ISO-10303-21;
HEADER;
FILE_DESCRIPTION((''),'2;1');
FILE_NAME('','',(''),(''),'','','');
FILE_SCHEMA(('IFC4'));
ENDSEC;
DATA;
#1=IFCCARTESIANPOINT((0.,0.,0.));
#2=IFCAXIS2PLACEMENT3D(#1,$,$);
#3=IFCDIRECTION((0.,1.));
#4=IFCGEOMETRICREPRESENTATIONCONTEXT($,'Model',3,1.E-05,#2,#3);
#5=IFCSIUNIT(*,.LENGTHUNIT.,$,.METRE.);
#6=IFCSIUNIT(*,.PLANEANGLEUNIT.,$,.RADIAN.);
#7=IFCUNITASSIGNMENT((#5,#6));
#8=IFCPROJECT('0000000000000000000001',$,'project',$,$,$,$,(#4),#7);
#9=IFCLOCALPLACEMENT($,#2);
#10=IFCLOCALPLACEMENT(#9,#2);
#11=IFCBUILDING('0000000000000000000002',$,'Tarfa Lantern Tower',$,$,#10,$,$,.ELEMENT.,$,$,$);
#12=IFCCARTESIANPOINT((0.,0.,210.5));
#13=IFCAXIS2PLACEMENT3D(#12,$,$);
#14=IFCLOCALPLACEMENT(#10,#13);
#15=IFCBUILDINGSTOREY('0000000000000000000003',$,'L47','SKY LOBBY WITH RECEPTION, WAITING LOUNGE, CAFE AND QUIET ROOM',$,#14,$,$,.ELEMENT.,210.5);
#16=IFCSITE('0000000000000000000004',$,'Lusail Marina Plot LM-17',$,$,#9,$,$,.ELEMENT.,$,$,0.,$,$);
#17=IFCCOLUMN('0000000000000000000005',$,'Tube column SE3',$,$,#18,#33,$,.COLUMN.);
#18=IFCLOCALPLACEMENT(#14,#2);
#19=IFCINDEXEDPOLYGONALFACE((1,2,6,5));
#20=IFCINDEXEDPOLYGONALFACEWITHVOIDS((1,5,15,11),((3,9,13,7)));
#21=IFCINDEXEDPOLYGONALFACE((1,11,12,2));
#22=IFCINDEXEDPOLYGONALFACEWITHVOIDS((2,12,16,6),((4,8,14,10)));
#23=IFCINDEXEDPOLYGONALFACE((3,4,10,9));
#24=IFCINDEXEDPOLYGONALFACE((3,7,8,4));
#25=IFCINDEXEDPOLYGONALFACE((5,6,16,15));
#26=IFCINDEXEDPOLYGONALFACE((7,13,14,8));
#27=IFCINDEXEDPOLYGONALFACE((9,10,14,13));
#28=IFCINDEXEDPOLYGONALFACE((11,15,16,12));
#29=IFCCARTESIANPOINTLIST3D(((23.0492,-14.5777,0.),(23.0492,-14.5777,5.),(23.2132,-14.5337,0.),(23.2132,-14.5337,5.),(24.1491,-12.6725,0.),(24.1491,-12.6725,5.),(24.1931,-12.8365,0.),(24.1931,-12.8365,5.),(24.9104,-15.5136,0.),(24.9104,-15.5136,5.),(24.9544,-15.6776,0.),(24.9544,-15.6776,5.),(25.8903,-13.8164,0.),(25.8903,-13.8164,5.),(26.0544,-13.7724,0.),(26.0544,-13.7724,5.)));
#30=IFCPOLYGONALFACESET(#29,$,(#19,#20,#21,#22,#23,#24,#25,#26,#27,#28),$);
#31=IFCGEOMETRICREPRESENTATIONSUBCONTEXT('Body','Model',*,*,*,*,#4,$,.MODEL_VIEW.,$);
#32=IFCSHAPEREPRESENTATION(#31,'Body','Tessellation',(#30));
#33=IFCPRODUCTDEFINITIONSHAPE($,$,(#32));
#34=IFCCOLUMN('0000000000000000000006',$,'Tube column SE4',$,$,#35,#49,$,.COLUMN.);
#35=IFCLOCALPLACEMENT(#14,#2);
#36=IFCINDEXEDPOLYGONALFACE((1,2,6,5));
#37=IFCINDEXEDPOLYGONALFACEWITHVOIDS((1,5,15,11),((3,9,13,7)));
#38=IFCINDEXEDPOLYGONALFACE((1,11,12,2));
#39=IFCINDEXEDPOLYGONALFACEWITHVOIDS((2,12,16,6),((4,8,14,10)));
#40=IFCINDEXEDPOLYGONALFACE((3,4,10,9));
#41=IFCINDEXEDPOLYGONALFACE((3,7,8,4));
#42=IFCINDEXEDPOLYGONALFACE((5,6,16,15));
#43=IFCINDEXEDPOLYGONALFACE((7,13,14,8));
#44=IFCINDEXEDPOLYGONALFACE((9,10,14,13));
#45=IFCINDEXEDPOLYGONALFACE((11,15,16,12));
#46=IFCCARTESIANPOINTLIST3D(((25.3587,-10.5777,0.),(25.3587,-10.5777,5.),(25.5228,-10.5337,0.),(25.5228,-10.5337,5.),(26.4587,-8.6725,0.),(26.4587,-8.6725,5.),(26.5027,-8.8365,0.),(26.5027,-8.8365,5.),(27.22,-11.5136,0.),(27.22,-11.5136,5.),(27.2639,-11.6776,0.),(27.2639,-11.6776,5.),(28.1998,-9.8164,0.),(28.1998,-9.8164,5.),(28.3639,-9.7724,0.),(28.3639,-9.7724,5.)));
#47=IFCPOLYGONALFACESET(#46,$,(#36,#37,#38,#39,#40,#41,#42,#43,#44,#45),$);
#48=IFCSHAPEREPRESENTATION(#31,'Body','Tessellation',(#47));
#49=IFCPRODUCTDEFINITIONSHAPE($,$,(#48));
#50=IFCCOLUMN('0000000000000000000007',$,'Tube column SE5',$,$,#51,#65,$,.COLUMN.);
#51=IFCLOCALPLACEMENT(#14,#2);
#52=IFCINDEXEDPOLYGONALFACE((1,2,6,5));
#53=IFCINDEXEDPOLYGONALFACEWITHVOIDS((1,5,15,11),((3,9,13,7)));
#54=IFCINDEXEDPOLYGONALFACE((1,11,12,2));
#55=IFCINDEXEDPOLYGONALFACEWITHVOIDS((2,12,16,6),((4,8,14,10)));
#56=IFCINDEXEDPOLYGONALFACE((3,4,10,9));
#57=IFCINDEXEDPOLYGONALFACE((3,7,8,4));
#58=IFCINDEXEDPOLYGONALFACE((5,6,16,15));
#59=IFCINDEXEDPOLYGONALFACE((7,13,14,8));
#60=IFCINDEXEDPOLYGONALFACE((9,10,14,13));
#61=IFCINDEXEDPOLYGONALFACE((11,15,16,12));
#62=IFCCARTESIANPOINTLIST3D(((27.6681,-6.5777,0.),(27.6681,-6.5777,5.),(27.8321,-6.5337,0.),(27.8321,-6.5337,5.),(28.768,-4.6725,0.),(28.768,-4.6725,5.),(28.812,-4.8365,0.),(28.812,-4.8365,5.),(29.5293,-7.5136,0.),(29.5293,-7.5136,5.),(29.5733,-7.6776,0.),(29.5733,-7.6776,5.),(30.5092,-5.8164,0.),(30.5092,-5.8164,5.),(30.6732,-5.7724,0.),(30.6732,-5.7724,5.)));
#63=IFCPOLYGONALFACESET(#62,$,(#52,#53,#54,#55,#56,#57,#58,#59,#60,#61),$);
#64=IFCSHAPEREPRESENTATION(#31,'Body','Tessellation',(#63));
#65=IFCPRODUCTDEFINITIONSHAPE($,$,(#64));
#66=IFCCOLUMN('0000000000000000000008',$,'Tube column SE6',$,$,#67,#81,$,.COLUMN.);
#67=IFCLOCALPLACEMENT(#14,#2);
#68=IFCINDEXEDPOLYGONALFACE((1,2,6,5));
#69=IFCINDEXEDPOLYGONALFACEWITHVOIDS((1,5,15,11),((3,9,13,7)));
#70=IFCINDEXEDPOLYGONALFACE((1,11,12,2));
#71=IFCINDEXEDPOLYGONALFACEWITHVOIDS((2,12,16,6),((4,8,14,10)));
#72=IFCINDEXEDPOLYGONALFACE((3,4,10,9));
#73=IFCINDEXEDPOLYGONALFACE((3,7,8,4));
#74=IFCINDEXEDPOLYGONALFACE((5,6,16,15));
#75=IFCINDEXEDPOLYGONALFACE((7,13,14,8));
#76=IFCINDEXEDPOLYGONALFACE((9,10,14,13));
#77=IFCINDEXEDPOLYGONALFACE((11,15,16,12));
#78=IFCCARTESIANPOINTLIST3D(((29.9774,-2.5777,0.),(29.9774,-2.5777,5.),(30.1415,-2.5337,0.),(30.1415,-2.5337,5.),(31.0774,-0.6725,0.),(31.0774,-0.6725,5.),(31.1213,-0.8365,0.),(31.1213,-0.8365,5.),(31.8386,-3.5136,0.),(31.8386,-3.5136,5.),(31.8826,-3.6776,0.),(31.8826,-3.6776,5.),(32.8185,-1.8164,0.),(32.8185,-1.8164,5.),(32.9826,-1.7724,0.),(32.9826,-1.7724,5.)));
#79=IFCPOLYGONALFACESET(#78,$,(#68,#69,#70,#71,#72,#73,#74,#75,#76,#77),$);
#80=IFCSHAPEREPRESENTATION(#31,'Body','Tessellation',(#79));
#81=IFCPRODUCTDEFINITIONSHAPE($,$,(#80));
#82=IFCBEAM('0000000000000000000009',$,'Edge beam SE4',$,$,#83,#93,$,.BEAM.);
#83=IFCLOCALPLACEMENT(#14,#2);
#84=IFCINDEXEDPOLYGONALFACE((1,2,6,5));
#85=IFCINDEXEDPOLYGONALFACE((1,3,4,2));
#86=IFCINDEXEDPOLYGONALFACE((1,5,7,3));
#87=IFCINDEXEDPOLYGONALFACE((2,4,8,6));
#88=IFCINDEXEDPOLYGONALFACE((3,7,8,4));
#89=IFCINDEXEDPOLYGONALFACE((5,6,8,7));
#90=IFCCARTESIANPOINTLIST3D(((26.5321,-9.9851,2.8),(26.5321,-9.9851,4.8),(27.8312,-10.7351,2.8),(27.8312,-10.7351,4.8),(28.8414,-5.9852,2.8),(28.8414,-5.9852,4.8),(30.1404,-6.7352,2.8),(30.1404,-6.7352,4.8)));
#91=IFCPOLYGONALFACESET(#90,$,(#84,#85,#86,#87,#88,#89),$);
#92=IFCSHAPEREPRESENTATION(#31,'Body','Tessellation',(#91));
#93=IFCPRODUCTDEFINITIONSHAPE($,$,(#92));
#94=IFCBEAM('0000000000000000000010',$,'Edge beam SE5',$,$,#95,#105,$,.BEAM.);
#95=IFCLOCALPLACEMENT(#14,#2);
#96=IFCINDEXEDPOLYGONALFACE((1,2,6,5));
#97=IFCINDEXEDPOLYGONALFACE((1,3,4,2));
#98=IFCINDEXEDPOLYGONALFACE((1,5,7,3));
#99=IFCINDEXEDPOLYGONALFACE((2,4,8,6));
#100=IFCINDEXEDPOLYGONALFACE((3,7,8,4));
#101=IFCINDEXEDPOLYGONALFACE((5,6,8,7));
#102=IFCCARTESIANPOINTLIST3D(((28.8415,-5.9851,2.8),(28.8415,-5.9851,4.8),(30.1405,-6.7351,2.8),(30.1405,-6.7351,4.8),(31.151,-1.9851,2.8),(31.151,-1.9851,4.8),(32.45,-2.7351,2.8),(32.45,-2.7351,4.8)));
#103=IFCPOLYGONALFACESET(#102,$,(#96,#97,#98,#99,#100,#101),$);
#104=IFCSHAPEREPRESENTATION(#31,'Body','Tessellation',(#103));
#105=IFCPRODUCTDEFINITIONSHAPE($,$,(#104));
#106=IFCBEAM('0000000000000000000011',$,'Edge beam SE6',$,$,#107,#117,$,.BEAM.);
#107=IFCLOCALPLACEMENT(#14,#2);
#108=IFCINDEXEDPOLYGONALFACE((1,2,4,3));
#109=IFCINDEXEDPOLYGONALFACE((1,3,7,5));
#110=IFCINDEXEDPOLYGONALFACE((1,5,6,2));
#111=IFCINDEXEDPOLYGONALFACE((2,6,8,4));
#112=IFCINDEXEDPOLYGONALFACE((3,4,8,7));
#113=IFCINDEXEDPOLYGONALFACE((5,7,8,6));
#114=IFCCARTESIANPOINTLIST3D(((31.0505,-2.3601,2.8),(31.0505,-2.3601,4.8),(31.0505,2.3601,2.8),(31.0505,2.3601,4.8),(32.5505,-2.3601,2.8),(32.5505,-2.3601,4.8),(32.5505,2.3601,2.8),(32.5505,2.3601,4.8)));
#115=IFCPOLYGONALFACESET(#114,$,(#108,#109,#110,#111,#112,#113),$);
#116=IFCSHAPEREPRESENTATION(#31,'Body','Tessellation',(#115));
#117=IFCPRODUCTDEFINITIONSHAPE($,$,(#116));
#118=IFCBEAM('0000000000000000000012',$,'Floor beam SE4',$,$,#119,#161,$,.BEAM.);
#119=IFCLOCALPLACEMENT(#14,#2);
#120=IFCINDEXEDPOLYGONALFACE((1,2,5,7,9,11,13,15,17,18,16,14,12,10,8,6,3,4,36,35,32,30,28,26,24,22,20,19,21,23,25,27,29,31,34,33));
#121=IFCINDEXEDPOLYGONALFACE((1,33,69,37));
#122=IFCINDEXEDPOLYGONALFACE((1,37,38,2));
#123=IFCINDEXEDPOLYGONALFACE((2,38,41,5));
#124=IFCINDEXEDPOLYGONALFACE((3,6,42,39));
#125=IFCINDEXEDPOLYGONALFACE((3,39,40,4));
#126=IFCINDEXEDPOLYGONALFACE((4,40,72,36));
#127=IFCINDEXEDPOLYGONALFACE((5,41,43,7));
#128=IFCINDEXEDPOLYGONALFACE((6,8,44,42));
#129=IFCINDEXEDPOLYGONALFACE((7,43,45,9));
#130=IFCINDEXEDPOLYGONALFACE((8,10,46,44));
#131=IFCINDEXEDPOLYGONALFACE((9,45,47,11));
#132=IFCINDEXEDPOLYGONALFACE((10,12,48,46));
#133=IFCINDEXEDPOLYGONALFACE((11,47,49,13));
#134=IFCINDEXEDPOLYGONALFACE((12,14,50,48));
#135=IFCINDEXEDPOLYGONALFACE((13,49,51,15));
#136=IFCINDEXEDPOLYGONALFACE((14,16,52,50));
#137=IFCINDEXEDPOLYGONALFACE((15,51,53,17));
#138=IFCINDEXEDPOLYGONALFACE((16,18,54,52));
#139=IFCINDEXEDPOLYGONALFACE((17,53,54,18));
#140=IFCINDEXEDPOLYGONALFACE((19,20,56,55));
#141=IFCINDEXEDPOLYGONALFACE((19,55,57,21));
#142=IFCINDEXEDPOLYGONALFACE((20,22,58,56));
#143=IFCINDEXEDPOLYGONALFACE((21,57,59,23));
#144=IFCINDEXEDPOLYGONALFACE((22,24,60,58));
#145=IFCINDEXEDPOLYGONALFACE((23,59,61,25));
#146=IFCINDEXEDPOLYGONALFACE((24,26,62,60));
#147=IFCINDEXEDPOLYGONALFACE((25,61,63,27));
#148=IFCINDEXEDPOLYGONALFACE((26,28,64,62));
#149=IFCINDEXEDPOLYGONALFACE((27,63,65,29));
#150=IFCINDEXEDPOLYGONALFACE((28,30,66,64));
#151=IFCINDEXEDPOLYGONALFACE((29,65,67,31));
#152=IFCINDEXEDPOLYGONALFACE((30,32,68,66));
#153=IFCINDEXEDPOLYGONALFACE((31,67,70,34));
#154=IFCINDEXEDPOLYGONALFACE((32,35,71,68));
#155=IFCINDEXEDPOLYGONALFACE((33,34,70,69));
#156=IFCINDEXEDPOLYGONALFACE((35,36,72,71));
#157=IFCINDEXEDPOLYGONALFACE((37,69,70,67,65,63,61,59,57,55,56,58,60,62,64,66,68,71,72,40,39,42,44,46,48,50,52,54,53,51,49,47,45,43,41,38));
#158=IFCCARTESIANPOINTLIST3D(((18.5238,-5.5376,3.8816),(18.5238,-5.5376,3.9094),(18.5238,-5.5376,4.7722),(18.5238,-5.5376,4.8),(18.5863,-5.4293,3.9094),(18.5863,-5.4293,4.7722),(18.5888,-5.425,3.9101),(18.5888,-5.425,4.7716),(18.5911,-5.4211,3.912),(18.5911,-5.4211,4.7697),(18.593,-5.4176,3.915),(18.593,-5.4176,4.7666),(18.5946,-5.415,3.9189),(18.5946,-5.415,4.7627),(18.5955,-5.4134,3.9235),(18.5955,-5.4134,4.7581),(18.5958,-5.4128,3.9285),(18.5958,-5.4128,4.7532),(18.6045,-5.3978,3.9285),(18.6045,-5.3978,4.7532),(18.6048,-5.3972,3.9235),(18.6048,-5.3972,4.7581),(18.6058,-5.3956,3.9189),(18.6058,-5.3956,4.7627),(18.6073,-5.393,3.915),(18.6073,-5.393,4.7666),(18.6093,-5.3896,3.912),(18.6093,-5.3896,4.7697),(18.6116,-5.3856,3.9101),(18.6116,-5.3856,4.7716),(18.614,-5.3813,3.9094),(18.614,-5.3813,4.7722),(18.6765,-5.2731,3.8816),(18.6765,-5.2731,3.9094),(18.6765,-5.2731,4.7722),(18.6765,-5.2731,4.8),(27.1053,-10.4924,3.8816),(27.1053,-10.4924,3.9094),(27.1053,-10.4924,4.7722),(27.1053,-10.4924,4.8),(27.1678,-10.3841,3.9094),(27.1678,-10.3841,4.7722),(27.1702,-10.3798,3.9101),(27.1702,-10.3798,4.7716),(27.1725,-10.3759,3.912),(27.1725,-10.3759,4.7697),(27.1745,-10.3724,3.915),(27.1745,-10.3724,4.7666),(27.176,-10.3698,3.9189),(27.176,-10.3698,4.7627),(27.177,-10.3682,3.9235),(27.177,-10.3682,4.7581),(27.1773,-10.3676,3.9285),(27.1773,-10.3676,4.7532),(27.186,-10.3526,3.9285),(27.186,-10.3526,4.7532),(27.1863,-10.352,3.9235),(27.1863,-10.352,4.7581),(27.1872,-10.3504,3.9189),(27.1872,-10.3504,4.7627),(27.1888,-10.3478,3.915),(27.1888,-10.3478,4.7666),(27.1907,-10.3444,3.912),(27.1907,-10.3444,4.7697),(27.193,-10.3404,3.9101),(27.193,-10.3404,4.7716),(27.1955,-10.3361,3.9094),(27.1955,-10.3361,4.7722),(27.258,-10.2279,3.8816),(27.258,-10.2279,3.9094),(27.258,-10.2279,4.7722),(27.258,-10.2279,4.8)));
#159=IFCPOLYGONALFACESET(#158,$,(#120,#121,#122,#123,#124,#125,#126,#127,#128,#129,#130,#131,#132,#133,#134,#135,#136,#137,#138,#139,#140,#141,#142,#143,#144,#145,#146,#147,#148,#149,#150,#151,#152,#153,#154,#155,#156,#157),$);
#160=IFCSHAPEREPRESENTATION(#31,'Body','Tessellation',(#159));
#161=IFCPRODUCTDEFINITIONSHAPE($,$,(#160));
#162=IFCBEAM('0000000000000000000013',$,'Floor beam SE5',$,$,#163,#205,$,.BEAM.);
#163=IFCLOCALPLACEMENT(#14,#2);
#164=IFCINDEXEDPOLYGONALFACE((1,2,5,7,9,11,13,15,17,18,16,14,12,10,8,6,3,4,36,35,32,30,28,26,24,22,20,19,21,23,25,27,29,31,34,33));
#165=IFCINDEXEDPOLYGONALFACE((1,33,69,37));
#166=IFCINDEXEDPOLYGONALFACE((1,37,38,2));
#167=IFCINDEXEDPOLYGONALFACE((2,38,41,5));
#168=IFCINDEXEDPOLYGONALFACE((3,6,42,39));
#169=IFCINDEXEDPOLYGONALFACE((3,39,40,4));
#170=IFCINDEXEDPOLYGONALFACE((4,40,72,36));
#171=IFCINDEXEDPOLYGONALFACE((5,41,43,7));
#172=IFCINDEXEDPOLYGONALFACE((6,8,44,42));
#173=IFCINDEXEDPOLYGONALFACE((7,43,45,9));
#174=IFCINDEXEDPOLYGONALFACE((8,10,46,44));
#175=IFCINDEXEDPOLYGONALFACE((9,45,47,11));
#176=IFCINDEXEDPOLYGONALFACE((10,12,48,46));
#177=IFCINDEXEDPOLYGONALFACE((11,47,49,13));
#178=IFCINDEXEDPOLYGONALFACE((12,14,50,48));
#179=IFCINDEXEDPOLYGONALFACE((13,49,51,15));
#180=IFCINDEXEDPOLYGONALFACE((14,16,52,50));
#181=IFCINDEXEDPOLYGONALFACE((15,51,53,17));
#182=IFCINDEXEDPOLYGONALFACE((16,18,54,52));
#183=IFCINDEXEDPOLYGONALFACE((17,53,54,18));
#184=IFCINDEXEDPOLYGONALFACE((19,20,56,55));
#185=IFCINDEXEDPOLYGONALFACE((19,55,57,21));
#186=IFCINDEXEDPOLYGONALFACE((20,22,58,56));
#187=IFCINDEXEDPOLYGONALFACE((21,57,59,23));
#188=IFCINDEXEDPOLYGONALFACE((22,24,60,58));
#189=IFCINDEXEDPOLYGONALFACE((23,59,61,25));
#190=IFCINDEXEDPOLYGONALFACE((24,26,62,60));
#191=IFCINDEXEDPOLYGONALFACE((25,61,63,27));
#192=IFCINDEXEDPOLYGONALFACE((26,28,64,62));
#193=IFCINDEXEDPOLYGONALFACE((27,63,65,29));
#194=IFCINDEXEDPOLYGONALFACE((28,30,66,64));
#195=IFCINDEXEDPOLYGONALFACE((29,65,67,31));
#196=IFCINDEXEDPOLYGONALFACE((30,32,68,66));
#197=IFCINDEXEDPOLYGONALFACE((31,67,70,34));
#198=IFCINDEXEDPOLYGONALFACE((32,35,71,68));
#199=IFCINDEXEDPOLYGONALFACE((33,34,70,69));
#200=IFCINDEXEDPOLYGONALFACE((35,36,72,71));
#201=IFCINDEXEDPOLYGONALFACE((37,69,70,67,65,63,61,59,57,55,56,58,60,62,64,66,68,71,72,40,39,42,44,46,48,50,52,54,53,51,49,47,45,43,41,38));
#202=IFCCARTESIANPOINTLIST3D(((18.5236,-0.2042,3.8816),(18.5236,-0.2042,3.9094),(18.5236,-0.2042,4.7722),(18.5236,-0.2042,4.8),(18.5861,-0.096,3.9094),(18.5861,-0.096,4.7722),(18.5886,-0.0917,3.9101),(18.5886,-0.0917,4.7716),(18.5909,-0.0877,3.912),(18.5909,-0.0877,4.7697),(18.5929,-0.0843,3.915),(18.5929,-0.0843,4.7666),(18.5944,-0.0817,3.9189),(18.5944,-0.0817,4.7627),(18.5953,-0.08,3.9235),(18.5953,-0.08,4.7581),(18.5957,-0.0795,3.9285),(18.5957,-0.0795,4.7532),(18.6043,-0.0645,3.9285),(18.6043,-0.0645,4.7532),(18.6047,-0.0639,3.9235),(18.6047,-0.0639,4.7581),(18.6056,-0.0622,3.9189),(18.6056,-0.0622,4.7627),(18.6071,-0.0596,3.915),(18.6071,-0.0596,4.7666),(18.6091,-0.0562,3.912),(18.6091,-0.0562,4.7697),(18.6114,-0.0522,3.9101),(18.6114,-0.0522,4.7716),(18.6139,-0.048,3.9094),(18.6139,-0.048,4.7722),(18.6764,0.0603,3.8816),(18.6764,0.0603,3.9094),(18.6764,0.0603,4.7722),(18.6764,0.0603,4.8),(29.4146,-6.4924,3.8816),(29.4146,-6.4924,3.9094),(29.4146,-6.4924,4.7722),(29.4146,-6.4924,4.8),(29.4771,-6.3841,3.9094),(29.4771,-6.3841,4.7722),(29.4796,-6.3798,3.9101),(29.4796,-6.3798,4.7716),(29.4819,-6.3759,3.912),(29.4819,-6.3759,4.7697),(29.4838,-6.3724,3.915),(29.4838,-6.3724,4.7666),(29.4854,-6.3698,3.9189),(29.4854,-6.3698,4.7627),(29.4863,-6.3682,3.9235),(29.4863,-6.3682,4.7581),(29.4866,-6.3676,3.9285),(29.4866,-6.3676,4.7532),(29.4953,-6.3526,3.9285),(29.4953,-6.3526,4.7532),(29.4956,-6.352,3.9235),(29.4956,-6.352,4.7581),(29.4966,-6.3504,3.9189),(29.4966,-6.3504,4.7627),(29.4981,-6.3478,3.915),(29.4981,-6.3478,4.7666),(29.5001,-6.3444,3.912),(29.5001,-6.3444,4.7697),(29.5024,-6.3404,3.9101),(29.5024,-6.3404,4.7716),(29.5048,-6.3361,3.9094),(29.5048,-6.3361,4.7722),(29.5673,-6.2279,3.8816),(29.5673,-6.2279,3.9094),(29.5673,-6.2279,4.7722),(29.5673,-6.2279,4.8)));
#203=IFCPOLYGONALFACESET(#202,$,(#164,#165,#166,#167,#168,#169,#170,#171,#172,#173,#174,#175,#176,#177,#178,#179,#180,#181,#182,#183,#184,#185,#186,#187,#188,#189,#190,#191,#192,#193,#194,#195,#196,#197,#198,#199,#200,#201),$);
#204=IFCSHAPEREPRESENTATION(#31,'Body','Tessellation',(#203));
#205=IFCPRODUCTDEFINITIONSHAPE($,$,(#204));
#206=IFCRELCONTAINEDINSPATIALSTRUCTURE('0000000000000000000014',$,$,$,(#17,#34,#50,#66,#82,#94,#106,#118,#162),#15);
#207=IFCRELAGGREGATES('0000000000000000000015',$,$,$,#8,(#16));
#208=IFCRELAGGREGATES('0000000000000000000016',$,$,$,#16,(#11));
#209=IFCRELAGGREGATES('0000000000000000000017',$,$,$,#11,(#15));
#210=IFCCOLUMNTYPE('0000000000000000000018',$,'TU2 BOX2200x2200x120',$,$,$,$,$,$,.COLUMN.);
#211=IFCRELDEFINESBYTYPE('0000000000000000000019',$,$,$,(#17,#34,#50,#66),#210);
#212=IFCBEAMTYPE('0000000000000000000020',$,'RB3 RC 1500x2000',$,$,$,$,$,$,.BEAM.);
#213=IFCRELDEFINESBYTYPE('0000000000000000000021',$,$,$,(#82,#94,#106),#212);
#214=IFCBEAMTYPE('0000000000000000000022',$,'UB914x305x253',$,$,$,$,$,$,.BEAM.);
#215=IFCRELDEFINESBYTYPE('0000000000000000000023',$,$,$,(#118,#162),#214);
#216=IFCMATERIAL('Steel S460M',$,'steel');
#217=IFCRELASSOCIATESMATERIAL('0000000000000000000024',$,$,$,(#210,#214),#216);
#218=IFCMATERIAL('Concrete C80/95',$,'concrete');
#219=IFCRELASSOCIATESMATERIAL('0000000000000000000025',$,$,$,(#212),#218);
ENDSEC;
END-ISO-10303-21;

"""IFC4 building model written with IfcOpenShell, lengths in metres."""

from ifc_helpers import new_model, si_unit, direction, frame, origin, origin_2d, place, context, subcontext, project, spatial, rectangle, hollow_rectangle, i_section, extrude, material, material_profile, profile_set, type_object, element, save


model = new_model("IFC4")

# Units and contexts
model_context = context("Model", 3, precision=1e-05, world=origin(), true_north=direction((0.0, 1.0)))
body_context = subcontext(model_context, "Body", "Model", "MODEL_VIEW")
ifc_project = project(units=[si_unit("LENGTHUNIT", "METRE"), si_unit("PLANEANGLEUNIT", "RADIAN")], contexts=[model_context])

# Site, building, storey
site_placement = place(None, origin())
site = spatial("IfcSite", under=ifc_project, at=site_placement, Name="Lusail Marina Plot LM-17", CompositionType="ELEMENT", RefElevation=0.0)
building_placement = place(site_placement, origin())
building = spatial("IfcBuilding", under=site, at=building_placement, Name="Tarfa Lantern Tower", CompositionType="ELEMENT")
storey_placement = place(building_placement, frame((0.0, 0.0, 210.5)))
storey = spatial("IfcBuildingStorey", under=building, at=storey_placement, Name="L47", Description="SKY LOBBY WITH RECEPTION, WAITING LOUNGE, CAFE AND QUIET ROOM", CompositionType="ELEMENT", Elevation=210.5)

# Columns
ifc_material_1 = material(Name="Steel S460M", Category="steel")
ifc_material_profile_1 = material_profile(ifc_material_1, hollow_rectangle(XDim=2.2, YDim=2.2, WallThickness=0.1201, at=origin_2d()), Name="BOX2200x2200x120")
ifc_profile_set_1 = profile_set([ifc_material_profile_1], Name="Steel S460M")
column_type = type_object("IfcColumnType", Name="TU2 BOX2200x2200x120", PredefinedType="COLUMN", material=ifc_profile_set_1)
for number, where, z_axis, x_axis, name in (
    (1, (24.5518, -14.175, 0.0), (0.0, 0.0, 1.0), (0.5, 0.866025, 0.0), "Tube column SE3"),
    (2, (26.8613, -10.175, 0.0), (0.0, 0.0, 1.0), (0.5, 0.866025, 0.0), "Tube column SE4"),
    (3, (29.1707, -6.175, 0.0), (0.0, 0.0, 1.0), (0.5, 0.866025, 0.0), "Tube column SE5"),
    (4, (31.48, -2.175, 0.0), (0.0, 0.0, 1.0), (0.5, 0.866025, 0.0), "Tube column SE6"),
):
    element("IfcColumn", number, at=place(storey_placement, frame(where, z_axis=z_axis, x_axis=x_axis)), inside=storey, type_object=column_type, Name=name, PredefinedType="COLUMN", context=body_context, shape_type="SweptSolid", body=[
        extrude(hollow_rectangle(XDim=2.2, YDim=2.2, WallThickness=0.1201, at=origin_2d()), origin(), (0.0, 0.0, 1.0), 5.0),
    ])

# Beams
ifc_material_2 = material(Name="Concrete C80/95", Category="concrete")
ifc_material_profile_2 = material_profile(ifc_material_2, rectangle(XDim=1.5, YDim=2.0, at=origin_2d()), Name="RC 1500x2000")
ifc_profile_set_2 = profile_set([ifc_material_profile_2], Name="Concrete C80/95")
beam_type_1 = type_object("IfcBeamType", Name="RB3 RC 1500x2000", PredefinedType="BEAM", material=ifc_profile_set_2)
beam_1_placement = place(storey_placement, frame((27.1816, -10.3601, 3.8), z_axis=(0.499988, 0.866032, 0.0), x_axis=(-0.866032, 0.499988, 0.0)))
element("IfcBeam", 5, at=beam_1_placement, inside=storey, type_object=beam_type_1, Name="Edge beam SE4", PredefinedType="BEAM", context=body_context, shape_type="SweptSolid", body=[
    extrude(rectangle(XDim=1.5, YDim=2.0, at=origin_2d()), origin(), (0.0, 0.0, 1.0), 4.6187),
])
beam_2_placement = place(storey_placement, frame((29.491, -6.3601, 3.8), z_axis=(0.500027, 0.86601, 0.0), x_axis=(-0.86601, 0.500027, 0.0)))
element("IfcBeam", 6, at=beam_2_placement, inside=storey, type_object=beam_type_1, Name="Edge beam SE5", PredefinedType="BEAM", context=body_context, shape_type="SweptSolid", body=[
    extrude(rectangle(XDim=1.5, YDim=2.0, at=origin_2d()), origin(), (0.0, 0.0, 1.0), 4.6189),
])
beam_3_placement = place(storey_placement, frame((31.8005, -2.3601, 3.8), z_axis=(0.0, 1.0, 0.0), x_axis=(-1.0, 0.0, 0.0)))
element("IfcBeam", 7, at=beam_3_placement, inside=storey, type_object=beam_type_1, Name="Edge beam SE6", PredefinedType="BEAM", context=body_context, shape_type="SweptSolid", body=[
    extrude(rectangle(XDim=1.5, YDim=2.0, at=origin_2d()), origin(), (0.0, 0.0, 1.0), 4.7202),
])
ifc_material_profile_3 = material_profile(ifc_material_1, i_section(OverallWidth=0.3054, OverallDepth=0.9185, WebThickness=0.0173, FlangeThickness=0.0278, FilletRadius=0.019, at=origin_2d()), Name="UB914x305x253")
ifc_profile_set_3 = profile_set([ifc_material_profile_3], Name="Steel S460M")
beam_type_2 = type_object("IfcBeamType", Name="UB914x305x253", PredefinedType="BEAM", material=ifc_profile_set_3)
beam_4_placement = place(storey_placement, frame((27.1816, -10.3601, 4.3408), z_axis=(-0.866013, 0.500021, 0.0), x_axis=(-0.500021, -0.866013, 0.0)))
element("IfcBeam", 8, at=beam_4_placement, inside=storey, type_object=beam_type_2, Name="Floor beam SE4", PredefinedType="BEAM", context=body_context, shape_type="SweptSolid", body=[
    extrude(i_section(OverallWidth=0.3054, OverallDepth=0.9185, WebThickness=0.0173, FlangeThickness=0.0278, FilletRadius=0.019, at=origin_2d()), origin(), (0.0, 0.0, 1.0), 9.9092),
])
beam_5_placement = place(storey_placement, frame((29.491, -6.3601, 4.3408), z_axis=(-0.866017, 0.500014, 0.0), x_axis=(-0.500014, -0.866017, 0.0)))
element("IfcBeam", 9, at=beam_5_placement, inside=storey, type_object=beam_type_2, Name="Floor beam SE5", PredefinedType="BEAM", context=body_context, shape_type="SweptSolid", body=[
    extrude(i_section(OverallWidth=0.3054, OverallDepth=0.9185, WebThickness=0.0173, FlangeThickness=0.0278, FilletRadius=0.019, at=origin_2d()), origin(), (0.0, 0.0, 1.0), 12.5759),
])

save(model, "model.ifc")
